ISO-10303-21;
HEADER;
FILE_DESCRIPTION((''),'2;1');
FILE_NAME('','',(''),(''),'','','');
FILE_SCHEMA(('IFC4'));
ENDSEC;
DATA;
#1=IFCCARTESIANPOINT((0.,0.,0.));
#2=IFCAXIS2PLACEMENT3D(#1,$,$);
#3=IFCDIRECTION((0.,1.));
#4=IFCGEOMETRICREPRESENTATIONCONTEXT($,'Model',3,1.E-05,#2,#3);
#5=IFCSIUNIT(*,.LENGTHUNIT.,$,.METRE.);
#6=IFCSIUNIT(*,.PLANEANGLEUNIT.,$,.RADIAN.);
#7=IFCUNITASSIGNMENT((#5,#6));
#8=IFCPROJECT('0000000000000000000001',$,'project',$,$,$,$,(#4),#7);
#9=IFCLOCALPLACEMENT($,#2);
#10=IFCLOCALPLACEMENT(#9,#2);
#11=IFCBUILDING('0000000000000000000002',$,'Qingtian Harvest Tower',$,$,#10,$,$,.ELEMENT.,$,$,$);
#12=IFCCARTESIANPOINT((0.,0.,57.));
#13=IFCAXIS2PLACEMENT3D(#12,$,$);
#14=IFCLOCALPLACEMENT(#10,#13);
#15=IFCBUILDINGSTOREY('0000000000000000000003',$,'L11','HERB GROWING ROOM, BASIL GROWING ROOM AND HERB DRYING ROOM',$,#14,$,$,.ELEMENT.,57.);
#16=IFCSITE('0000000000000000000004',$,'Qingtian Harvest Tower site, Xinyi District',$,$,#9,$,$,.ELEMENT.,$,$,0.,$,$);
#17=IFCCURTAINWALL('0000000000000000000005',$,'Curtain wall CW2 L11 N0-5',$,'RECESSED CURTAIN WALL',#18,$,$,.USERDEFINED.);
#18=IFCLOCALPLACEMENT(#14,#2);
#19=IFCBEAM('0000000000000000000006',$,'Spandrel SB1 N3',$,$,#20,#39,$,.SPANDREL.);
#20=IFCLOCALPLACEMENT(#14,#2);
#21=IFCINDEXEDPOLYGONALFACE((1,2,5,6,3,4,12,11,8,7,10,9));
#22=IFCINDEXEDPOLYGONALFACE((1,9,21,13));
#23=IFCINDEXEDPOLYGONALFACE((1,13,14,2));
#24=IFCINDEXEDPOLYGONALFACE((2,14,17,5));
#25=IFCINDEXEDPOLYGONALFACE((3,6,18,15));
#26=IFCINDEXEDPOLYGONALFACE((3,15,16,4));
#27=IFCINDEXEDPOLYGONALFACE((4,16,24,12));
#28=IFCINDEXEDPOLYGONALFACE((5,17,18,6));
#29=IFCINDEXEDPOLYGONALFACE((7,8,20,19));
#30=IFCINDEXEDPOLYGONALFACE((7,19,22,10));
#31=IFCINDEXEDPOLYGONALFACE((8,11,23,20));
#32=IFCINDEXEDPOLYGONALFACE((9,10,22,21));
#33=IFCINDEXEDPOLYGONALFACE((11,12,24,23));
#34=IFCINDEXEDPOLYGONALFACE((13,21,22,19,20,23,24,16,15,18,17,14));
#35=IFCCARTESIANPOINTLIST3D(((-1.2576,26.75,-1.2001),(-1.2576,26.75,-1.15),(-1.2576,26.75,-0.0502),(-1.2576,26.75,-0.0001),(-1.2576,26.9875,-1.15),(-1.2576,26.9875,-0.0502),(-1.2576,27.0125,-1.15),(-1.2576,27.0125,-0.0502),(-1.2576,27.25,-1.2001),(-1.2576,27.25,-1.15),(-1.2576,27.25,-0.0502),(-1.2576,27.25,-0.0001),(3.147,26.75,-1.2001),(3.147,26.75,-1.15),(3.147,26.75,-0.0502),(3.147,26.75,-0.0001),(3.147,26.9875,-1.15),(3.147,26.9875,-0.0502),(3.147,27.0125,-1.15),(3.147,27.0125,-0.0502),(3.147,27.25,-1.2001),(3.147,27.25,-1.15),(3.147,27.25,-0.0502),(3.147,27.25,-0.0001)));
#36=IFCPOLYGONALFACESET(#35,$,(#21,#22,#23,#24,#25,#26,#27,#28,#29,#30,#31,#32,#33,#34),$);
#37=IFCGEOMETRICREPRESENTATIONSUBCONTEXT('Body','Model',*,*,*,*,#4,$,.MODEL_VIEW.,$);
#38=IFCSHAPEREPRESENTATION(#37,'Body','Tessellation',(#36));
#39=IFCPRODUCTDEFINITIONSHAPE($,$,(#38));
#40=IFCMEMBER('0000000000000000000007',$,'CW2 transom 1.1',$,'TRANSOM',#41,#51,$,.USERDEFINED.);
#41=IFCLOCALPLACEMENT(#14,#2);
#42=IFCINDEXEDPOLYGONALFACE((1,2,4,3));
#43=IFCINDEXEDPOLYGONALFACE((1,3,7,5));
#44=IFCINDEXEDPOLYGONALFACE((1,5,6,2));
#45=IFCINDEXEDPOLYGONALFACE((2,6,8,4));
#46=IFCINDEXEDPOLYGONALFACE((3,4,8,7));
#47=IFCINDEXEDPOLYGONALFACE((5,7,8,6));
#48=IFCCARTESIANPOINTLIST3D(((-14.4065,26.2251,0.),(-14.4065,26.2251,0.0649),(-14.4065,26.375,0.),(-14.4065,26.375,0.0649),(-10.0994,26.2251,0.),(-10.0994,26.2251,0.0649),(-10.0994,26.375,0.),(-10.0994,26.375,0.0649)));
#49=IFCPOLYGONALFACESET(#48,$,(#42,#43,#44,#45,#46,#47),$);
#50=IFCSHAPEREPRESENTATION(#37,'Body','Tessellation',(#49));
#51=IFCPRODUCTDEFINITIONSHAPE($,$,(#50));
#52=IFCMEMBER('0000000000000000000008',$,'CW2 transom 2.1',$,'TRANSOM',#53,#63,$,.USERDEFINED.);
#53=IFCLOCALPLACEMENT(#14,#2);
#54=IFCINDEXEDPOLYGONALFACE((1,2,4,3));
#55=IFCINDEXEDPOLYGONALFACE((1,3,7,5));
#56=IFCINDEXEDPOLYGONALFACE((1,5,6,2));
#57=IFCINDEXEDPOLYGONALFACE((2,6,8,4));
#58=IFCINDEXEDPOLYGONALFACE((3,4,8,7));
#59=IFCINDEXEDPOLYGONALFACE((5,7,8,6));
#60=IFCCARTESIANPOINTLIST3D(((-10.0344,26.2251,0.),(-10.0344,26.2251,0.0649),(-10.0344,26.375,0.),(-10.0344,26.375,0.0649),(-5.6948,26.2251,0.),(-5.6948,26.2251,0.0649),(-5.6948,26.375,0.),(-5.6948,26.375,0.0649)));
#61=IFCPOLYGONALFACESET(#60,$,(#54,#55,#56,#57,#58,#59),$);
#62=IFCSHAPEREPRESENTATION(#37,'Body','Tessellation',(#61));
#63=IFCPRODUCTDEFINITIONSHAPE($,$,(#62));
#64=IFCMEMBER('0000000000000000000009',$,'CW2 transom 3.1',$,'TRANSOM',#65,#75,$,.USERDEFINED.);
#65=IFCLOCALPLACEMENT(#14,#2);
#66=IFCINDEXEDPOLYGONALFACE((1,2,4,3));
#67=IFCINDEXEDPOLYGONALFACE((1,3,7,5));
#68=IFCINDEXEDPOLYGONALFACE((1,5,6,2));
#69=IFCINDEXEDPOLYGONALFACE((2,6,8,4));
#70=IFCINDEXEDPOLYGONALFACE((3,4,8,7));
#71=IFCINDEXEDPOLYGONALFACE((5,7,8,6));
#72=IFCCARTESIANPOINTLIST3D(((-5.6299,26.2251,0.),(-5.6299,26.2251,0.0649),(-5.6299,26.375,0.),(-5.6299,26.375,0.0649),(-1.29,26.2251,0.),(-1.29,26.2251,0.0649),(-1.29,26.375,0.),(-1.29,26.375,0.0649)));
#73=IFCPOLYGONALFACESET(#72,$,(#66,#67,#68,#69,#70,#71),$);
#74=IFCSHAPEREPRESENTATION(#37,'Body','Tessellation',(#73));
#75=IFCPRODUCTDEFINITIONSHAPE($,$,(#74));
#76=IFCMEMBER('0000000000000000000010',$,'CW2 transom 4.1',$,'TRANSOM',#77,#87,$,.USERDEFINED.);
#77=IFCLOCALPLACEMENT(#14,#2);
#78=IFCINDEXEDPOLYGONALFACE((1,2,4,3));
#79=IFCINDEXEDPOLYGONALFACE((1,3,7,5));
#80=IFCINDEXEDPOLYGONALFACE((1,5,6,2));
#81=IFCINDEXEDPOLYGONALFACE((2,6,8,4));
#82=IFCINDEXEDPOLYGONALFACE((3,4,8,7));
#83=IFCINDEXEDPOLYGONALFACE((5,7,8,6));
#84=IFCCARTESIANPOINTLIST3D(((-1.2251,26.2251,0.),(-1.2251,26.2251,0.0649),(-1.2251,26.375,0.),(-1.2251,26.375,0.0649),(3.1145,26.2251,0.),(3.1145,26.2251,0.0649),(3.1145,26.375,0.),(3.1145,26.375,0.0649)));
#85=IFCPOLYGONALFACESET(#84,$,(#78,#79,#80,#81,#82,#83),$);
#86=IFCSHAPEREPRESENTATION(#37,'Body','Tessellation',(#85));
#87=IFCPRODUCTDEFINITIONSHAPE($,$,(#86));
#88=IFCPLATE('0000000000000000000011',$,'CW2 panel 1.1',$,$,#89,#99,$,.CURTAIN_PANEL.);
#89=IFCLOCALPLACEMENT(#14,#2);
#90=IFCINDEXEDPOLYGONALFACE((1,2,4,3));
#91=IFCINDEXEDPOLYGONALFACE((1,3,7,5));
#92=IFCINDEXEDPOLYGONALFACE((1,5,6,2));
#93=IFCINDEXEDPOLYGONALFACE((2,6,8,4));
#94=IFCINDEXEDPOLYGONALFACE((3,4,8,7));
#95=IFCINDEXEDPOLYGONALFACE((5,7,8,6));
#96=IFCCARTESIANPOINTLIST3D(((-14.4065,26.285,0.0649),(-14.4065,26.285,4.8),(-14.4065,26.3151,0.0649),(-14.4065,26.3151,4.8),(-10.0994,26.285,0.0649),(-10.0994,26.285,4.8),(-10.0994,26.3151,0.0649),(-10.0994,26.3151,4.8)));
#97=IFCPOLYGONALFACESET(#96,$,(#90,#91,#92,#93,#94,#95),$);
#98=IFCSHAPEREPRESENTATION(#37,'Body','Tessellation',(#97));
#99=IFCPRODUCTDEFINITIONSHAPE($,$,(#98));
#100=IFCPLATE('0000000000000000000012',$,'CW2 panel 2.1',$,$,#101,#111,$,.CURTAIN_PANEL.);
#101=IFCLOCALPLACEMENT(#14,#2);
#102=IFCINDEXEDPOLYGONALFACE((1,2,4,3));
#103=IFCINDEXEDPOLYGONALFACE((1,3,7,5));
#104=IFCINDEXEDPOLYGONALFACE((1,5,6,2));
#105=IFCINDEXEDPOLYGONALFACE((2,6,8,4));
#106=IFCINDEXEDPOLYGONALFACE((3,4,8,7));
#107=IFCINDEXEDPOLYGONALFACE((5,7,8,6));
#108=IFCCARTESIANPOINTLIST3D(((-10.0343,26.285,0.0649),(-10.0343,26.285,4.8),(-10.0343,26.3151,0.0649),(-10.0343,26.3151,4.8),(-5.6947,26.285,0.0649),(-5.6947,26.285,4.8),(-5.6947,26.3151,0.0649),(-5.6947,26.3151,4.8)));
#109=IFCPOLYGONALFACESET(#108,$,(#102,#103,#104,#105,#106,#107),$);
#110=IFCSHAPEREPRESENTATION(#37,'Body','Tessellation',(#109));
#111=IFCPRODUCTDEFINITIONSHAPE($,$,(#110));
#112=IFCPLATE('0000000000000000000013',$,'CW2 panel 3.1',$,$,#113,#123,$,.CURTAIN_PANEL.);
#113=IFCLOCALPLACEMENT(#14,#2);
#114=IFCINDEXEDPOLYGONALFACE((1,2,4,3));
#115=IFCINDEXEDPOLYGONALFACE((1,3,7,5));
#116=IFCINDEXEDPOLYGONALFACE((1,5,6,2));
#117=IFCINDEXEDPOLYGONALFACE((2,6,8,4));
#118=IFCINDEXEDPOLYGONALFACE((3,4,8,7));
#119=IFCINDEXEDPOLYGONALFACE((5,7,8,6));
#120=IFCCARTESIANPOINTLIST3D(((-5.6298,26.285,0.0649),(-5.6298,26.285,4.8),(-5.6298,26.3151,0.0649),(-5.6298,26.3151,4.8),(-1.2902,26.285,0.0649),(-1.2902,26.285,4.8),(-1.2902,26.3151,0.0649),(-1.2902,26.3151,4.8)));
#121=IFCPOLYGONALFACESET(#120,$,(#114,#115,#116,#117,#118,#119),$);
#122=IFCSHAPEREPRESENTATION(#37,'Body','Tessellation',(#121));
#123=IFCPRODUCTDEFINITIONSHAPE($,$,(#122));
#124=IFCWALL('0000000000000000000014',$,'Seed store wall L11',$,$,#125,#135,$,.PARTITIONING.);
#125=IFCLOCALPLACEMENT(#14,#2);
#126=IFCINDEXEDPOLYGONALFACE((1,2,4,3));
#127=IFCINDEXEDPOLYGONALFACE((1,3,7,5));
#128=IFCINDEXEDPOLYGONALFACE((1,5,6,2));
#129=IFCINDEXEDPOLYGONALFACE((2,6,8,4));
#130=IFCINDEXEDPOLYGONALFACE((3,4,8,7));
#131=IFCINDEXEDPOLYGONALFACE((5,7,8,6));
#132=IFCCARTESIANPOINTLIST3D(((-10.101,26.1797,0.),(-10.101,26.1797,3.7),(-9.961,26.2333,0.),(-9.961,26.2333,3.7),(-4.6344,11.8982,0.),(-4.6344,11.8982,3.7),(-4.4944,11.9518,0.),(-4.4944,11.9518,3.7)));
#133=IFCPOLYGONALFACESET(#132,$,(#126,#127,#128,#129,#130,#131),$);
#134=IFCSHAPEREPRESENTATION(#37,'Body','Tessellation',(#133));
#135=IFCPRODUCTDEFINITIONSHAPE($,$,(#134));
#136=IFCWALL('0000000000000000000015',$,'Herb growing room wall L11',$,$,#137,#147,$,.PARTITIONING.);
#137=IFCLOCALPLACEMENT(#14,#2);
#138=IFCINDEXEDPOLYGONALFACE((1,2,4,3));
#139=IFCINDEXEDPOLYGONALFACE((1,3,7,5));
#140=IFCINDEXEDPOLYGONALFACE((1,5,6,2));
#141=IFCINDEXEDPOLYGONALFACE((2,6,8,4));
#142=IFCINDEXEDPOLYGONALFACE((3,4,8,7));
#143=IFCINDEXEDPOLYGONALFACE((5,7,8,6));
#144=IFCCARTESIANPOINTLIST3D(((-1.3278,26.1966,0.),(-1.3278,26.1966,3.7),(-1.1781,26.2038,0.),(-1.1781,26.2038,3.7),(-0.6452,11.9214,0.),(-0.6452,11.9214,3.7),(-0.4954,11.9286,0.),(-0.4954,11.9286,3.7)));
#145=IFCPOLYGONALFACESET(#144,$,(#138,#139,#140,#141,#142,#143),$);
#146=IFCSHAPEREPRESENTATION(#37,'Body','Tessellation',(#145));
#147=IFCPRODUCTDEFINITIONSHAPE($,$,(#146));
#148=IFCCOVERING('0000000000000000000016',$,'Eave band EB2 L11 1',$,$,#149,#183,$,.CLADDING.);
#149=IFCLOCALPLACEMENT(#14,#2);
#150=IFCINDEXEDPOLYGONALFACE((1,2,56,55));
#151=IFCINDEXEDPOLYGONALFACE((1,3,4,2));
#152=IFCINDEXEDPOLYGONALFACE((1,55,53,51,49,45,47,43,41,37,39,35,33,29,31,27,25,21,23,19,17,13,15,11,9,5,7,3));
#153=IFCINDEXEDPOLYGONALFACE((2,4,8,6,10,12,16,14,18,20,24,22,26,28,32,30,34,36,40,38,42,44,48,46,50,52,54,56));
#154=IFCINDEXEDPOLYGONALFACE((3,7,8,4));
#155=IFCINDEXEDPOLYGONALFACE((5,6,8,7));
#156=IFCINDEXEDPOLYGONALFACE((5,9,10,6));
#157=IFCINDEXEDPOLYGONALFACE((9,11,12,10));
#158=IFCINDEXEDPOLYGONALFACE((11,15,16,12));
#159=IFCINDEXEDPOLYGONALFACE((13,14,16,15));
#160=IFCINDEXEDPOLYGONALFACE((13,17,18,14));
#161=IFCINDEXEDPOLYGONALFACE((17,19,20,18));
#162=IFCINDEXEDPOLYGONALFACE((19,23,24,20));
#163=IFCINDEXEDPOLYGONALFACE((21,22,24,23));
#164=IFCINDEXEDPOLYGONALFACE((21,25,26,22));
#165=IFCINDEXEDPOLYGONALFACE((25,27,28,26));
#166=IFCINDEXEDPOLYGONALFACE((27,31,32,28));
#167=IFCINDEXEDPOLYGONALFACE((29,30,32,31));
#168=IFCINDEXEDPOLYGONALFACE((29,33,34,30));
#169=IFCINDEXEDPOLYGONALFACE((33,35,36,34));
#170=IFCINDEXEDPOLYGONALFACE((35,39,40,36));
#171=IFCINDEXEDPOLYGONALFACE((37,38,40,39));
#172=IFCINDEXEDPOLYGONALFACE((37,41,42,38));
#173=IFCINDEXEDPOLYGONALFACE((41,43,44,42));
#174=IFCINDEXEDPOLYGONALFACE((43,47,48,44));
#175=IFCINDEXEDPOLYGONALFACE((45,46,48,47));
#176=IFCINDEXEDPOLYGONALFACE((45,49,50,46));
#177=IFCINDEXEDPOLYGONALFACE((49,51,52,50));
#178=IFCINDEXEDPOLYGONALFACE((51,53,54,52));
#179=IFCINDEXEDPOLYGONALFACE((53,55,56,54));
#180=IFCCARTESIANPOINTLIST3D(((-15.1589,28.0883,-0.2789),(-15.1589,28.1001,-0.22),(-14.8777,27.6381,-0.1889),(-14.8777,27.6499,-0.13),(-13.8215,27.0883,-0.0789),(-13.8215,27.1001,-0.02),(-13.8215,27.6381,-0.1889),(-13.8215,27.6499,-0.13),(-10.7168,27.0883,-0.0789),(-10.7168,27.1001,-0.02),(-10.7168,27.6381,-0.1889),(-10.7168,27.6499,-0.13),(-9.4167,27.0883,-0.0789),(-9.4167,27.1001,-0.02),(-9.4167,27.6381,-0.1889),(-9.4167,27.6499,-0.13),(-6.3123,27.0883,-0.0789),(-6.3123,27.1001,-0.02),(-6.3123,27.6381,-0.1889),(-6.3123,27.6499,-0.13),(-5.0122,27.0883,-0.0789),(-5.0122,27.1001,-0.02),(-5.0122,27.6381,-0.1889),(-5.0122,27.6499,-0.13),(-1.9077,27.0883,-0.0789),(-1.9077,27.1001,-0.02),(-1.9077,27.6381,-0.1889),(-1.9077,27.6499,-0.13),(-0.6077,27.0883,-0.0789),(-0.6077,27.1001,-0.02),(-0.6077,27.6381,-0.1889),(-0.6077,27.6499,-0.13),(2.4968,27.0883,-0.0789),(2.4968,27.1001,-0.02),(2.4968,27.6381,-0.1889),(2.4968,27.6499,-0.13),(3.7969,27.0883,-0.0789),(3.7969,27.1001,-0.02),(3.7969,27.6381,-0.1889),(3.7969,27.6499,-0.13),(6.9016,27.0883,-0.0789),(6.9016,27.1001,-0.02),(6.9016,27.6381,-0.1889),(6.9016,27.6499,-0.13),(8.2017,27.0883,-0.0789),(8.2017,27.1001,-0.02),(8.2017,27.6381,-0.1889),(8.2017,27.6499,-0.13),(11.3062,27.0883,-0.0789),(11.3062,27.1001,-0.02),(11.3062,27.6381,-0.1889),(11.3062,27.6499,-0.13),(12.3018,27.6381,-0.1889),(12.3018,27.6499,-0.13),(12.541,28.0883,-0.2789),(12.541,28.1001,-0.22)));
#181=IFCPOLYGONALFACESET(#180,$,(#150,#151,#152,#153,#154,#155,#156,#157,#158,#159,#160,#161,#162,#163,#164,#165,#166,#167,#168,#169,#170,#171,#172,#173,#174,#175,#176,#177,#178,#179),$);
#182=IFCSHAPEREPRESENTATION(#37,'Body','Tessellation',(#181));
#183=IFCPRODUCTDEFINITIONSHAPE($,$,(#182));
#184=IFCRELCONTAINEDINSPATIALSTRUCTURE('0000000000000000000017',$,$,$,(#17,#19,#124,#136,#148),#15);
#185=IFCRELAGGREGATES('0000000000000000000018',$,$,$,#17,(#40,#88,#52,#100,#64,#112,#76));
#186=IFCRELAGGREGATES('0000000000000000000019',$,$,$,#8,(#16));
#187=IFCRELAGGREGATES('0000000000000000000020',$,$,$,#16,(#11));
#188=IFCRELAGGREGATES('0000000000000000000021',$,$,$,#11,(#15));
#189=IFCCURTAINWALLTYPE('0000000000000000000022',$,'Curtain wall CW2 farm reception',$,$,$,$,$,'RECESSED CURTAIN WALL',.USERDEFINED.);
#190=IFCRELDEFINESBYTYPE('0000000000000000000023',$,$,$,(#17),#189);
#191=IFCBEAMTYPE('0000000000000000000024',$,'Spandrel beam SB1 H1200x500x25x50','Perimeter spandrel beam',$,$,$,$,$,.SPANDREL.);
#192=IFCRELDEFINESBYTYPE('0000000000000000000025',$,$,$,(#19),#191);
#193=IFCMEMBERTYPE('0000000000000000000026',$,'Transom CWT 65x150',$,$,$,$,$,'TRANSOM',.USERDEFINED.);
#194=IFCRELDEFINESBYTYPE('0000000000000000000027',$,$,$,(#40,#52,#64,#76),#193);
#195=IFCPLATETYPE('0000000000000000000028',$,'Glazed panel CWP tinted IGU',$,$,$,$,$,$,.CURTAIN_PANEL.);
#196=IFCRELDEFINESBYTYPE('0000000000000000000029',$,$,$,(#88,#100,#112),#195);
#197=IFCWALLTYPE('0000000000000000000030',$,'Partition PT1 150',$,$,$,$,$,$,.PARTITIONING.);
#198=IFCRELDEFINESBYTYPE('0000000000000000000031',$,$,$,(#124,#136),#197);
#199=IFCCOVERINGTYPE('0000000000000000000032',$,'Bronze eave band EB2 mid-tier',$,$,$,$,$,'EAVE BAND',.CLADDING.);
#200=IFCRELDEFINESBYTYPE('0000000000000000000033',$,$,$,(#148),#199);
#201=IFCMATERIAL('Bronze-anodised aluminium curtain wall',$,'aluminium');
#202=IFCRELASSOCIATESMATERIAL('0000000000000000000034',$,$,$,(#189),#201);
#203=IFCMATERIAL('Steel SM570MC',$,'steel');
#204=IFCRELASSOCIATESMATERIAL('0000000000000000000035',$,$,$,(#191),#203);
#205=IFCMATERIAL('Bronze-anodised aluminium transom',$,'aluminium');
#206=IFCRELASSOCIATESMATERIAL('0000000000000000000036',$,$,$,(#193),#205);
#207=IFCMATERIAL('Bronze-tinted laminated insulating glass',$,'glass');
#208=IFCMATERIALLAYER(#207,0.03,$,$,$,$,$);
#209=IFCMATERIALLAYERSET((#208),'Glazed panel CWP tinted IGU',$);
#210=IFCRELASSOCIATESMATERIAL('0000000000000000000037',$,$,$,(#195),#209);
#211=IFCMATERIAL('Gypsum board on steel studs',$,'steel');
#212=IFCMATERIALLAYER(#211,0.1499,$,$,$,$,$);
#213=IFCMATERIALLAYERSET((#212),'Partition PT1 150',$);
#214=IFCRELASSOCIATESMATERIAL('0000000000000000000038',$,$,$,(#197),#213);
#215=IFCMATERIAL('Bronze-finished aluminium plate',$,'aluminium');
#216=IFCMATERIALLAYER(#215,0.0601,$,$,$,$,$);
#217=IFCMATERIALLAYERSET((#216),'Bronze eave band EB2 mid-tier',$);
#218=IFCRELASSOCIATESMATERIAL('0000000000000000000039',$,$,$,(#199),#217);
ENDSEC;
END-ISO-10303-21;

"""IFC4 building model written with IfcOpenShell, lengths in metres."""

from ifc_helpers import new_model, si_unit, direction, frame, frame_2d, origin, origin_2d, place, context, subcontext, project, spatial, polyline, rectangle, i_section, outline, extrude, material, layer, layer_set, material_profile, profile_set, type_object, element, aggregate, save


model = new_model("IFC4")

# Units and contexts
model_context = context("Model", 3, precision=1e-05, world=origin(), true_north=direction((0.0, 1.0)))
body_context = subcontext(model_context, "Body", "Model", "MODEL_VIEW")
ifc_project = project(units=[si_unit("LENGTHUNIT", "METRE"), si_unit("PLANEANGLEUNIT", "RADIAN")], contexts=[model_context])

# Site, building, storey
site_placement = place(None, origin())
site = spatial("IfcSite", under=ifc_project, at=site_placement, Name="Qingtian Harvest Tower site, Xinyi District", CompositionType="ELEMENT", RefElevation=0.0)
building_placement = place(site_placement, origin())
building = spatial("IfcBuilding", under=site, at=building_placement, Name="Qingtian Harvest Tower", CompositionType="ELEMENT")
storey_placement = place(building_placement, frame((0.0, 0.0, 57.0)))
storey = spatial("IfcBuildingStorey", under=building, at=storey_placement, Name="L11", Description="HERB GROWING ROOM, BASIL GROWING ROOM AND HERB DRYING ROOM", CompositionType="ELEMENT", Elevation=57.0)

# Curtain wall
ifc_material_1 = material(Name="Bronze-anodised aluminium curtain wall", Category="aluminium")
curtain_wall_type = type_object("IfcCurtainWallType", Name="Curtain wall CW2 farm reception", ElementType="RECESSED CURTAIN WALL", PredefinedType="USERDEFINED", material=ifc_material_1)
curtain_wall_1_placement = place(storey_placement, origin())
curtain_wall_1 = element("IfcCurtainWall", 1, at=curtain_wall_1_placement, inside=storey, type_object=curtain_wall_type, Name="Curtain wall CW2 L11 N0-5", ObjectType="RECESSED CURTAIN WALL", PredefinedType="USERDEFINED")

# Beam
ifc_material_2 = material(Name="Steel SM570MC", Category="steel")
ifc_material_profile_1 = material_profile(ifc_material_2, i_section(OverallWidth=0.5, OverallDepth=1.2, WebThickness=0.0249, FlangeThickness=0.05, at=origin_2d()), Name="H1200x500x25x50")
ifc_profile_set_1 = profile_set([ifc_material_profile_1], Name="Steel SM570MC")
beam_type_1 = type_object("IfcBeamType", Name="Spandrel beam SB1 H1200x500x25x50", Description="Perimeter spandrel beam", PredefinedType="SPANDREL", material=ifc_profile_set_1)
beam_1_placement = place(storey_placement, frame((-1.2576, 27.0, -0.6001), z_axis=(1.0, 0.0, 0.0), x_axis=(0.0, 1.0, 0.0)))
element("IfcBeam", 2, at=beam_1_placement, inside=storey, type_object=beam_type_1, Name="Spandrel SB1 N3", PredefinedType="SPANDREL", context=body_context, shape_type="SweptSolid", body=[
    extrude(i_section(OverallWidth=0.5, OverallDepth=1.2, WebThickness=0.0249, FlangeThickness=0.05, at=origin_2d()), origin(), (0.0, 0.0, 1.0), 4.4045),
])

# Members
ifc_material_3 = material(Name="Bronze-anodised aluminium transom", Category="aluminium")
ifc_material_profile_2 = material_profile(ifc_material_3, rectangle(XDim=0.1499, YDim=0.0649, at=origin_2d()), Name="AL 65x150")
ifc_profile_set_2 = profile_set([ifc_material_profile_2], Name="Bronze-anodised aluminium transom")
member_type_1 = type_object("IfcMemberType", Name="Transom CWT 65x150", ElementType="TRANSOM", PredefinedType="USERDEFINED", material=ifc_profile_set_2)
member_1_placement = place(storey_placement, frame((-14.4065, 26.3, 0.0325), z_axis=(1.0, 0.0, 0.0), x_axis=(0.0, 1.0, 0.0)))
member_1 = element("IfcMember", 3, at=member_1_placement, type_object=member_type_1, Name="CW2 transom 1.1", ObjectType="TRANSOM", PredefinedType="USERDEFINED", context=body_context, shape_type="SweptSolid", body=[
    extrude(rectangle(XDim=0.1499, YDim=0.0649, at=origin_2d()), origin(), (0.0, 0.0, 1.0), 4.3071),
])
member_2_placement = place(storey_placement, frame((-10.0344, 26.3, 0.0325), z_axis=(1.0, 0.0, 0.0), x_axis=(0.0, 1.0, 0.0)))
member_2 = element("IfcMember", 4, at=member_2_placement, type_object=member_type_1, Name="CW2 transom 2.1", ObjectType="TRANSOM", PredefinedType="USERDEFINED", context=body_context, shape_type="SweptSolid", body=[
    extrude(rectangle(XDim=0.1499, YDim=0.0649, at=origin_2d()), origin(), (0.0, 0.0, 1.0), 4.3396),
])
member_3_placement = place(storey_placement, frame((-5.6299, 26.3, 0.0325), z_axis=(1.0, 0.0, 0.0), x_axis=(0.0, 1.0, 0.0)))
member_3 = element("IfcMember", 5, at=member_3_placement, type_object=member_type_1, Name="CW2 transom 3.1", ObjectType="TRANSOM", PredefinedType="USERDEFINED", context=body_context, shape_type="SweptSolid", body=[
    extrude(rectangle(XDim=0.1499, YDim=0.0649, at=origin_2d()), origin(), (0.0, 0.0, 1.0), 4.3398),
])
member_4_placement = place(storey_placement, frame((-1.2251, 26.3, 0.0325), z_axis=(1.0, 0.0, 0.0), x_axis=(0.0, 1.0, 0.0)))
member_4 = element("IfcMember", 6, at=member_4_placement, type_object=member_type_1, Name="CW2 transom 4.1", ObjectType="TRANSOM", PredefinedType="USERDEFINED", context=body_context, shape_type="SweptSolid", body=[
    extrude(rectangle(XDim=0.1499, YDim=0.0649, at=origin_2d()), origin(), (0.0, 0.0, 1.0), 4.3396),
])

# Plates
ifc_material_4 = material(Name="Bronze-tinted laminated insulating glass", Category="glass")
ifc_layer_1 = layer(ifc_material_4, 0.03)
ifc_layer_set_1 = layer_set([ifc_layer_1], Name="Glazed panel CWP tinted IGU")
plate_type = type_object("IfcPlateType", Name="Glazed panel CWP tinted IGU", PredefinedType="CURTAIN_PANEL", material=ifc_layer_set_1)
plate_1_placement = place(storey_placement, frame((-12.2529, 26.3, 0.0649), z_axis=(0.0, 0.0, 1.0), x_axis=(1.0, 0.0, 0.0)))
plate_1 = element("IfcPlate", 7, at=plate_1_placement, type_object=plate_type, Name="CW2 panel 1.1", PredefinedType="CURTAIN_PANEL", context=body_context, shape_type="SweptSolid", body=[
    extrude(rectangle(XDim=4.3071, YDim=0.03, at=origin_2d()), origin(), (0.0, 0.0, 1.0), 4.7351),
])
plate_2_placement = place(storey_placement, frame((-7.8645, 26.3, 0.0649), z_axis=(0.0, 0.0, 1.0), x_axis=(1.0, 0.0, 0.0)))
plate_2 = element("IfcPlate", 8, at=plate_2_placement, type_object=plate_type, Name="CW2 panel 2.1", PredefinedType="CURTAIN_PANEL", context=body_context, shape_type="SweptSolid", body=[
    extrude(rectangle(XDim=4.3396, YDim=0.03, at=origin_2d()), origin(), (0.0, 0.0, 1.0), 4.7351),
])
plate_3_placement = place(storey_placement, frame((-3.46, 26.3, 0.0649), z_axis=(0.0, 0.0, 1.0), x_axis=(1.0, 0.0, 0.0)))
plate_3 = element("IfcPlate", 9, at=plate_3_placement, type_object=plate_type, Name="CW2 panel 3.1", PredefinedType="CURTAIN_PANEL", context=body_context, shape_type="SweptSolid", body=[
    extrude(rectangle(XDim=4.3396, YDim=0.03, at=origin_2d()), origin(), (0.0, 0.0, 1.0), 4.7351),
])
aggregate(curtain_wall_1, [member_1, plate_1, member_2, plate_2, member_3, plate_3, member_4])

# Walls
ifc_material_5 = material(Name="Gypsum board on steel studs", Category="steel")
ifc_layer_2 = layer(ifc_material_5, 0.1499)
ifc_layer_set_2 = layer_set([ifc_layer_2], Name="Partition PT1 150")
wall_type = type_object("IfcWallType", Name="Partition PT1 150", PredefinedType="PARTITIONING", material=ifc_layer_set_2)
wall_1_placement = place(storey_placement, frame((-10.031, 26.2065, 0.0), z_axis=(0.0, 0.0, 1.0), x_axis=(0.357479, -0.933921, 0.0)))
element("IfcWall", 10, at=wall_1_placement, inside=storey, type_object=wall_type, Name="Seed store wall L11", PredefinedType="PARTITIONING", context=body_context, shape_type="SweptSolid", body=[
    extrude(rectangle(XDim=15.292, YDim=0.1499, at=frame_2d((7.646, 0.0))), origin(), (0.0, 0.0, 1.0), 3.7),
])
wall_2_placement = place(storey_placement, frame((-1.2529, 26.2002, 0.0), z_axis=(0.0, 0.0, 1.0), x_axis=(0.047764, -0.998859, 0.0)))
element("IfcWall", 11, at=wall_2_placement, inside=storey, type_object=wall_type, Name="Herb growing room wall L11", PredefinedType="PARTITIONING", context=body_context, shape_type="SweptSolid", body=[
    extrude(rectangle(XDim=14.2915, YDim=0.1499, at=frame_2d((7.1458, 0.0))), origin(), (0.0, 0.0, 1.0), 3.7),
])

# Covering
ifc_material_6 = material(Name="Bronze-finished aluminium plate", Category="aluminium")
ifc_layer_3 = layer(ifc_material_6, 0.0601)
ifc_layer_set_3 = layer_set([ifc_layer_3], Name="Bronze eave band EB2 mid-tier")
covering_type = type_object("IfcCoveringType", Name="Bronze eave band EB2 mid-tier", ElementType="EAVE BAND", PredefinedType="CLADDING", material=ifc_layer_set_3)
covering_placement = place(storey_placement, frame((-13.8215, 27.1001, -0.02), z_axis=(0.0, 0.196096, 0.980585), x_axis=(0.0, 0.980585, -0.196096)))
element("IfcCovering", 12, at=covering_placement, inside=storey, type_object=covering_type, Name="Eave band EB2 L11 1", PredefinedType="CLADDING", context=body_context, shape_type="SweptSolid", body=[
    extrude(outline(polyline([(0.0, 0.0), (0.5607, 0.0), (0.5607, 1.0562), (1.0198, 1.3374), (1.0198, -26.3625), (0.5607, -26.1233), (0.5607, -25.1277), (0.0, -25.1277), (0.0, -22.0232), (0.5607, -22.0232), (0.5607, -20.7231), (0.0, -20.7231), (0.0, -17.6184), (0.5607, -17.6184), (0.5607, -16.3184), (0.0, -16.3184), (0.0, -13.2139), (0.5607, -13.2139), (0.5607, -11.9138), (0.0, -11.9138), (0.0, -8.8093), (0.5607, -8.8093), (0.5607, -7.5093), (0.0, -7.5093), (0.0, -4.4048), (0.5607, -4.4048), (0.5607, -3.1047), (0.0, -3.1047), (0.0, 0.0)])), origin(), (0.0, 0.0, -1.0), 0.0601),
])

save(model, "model.ifc")
